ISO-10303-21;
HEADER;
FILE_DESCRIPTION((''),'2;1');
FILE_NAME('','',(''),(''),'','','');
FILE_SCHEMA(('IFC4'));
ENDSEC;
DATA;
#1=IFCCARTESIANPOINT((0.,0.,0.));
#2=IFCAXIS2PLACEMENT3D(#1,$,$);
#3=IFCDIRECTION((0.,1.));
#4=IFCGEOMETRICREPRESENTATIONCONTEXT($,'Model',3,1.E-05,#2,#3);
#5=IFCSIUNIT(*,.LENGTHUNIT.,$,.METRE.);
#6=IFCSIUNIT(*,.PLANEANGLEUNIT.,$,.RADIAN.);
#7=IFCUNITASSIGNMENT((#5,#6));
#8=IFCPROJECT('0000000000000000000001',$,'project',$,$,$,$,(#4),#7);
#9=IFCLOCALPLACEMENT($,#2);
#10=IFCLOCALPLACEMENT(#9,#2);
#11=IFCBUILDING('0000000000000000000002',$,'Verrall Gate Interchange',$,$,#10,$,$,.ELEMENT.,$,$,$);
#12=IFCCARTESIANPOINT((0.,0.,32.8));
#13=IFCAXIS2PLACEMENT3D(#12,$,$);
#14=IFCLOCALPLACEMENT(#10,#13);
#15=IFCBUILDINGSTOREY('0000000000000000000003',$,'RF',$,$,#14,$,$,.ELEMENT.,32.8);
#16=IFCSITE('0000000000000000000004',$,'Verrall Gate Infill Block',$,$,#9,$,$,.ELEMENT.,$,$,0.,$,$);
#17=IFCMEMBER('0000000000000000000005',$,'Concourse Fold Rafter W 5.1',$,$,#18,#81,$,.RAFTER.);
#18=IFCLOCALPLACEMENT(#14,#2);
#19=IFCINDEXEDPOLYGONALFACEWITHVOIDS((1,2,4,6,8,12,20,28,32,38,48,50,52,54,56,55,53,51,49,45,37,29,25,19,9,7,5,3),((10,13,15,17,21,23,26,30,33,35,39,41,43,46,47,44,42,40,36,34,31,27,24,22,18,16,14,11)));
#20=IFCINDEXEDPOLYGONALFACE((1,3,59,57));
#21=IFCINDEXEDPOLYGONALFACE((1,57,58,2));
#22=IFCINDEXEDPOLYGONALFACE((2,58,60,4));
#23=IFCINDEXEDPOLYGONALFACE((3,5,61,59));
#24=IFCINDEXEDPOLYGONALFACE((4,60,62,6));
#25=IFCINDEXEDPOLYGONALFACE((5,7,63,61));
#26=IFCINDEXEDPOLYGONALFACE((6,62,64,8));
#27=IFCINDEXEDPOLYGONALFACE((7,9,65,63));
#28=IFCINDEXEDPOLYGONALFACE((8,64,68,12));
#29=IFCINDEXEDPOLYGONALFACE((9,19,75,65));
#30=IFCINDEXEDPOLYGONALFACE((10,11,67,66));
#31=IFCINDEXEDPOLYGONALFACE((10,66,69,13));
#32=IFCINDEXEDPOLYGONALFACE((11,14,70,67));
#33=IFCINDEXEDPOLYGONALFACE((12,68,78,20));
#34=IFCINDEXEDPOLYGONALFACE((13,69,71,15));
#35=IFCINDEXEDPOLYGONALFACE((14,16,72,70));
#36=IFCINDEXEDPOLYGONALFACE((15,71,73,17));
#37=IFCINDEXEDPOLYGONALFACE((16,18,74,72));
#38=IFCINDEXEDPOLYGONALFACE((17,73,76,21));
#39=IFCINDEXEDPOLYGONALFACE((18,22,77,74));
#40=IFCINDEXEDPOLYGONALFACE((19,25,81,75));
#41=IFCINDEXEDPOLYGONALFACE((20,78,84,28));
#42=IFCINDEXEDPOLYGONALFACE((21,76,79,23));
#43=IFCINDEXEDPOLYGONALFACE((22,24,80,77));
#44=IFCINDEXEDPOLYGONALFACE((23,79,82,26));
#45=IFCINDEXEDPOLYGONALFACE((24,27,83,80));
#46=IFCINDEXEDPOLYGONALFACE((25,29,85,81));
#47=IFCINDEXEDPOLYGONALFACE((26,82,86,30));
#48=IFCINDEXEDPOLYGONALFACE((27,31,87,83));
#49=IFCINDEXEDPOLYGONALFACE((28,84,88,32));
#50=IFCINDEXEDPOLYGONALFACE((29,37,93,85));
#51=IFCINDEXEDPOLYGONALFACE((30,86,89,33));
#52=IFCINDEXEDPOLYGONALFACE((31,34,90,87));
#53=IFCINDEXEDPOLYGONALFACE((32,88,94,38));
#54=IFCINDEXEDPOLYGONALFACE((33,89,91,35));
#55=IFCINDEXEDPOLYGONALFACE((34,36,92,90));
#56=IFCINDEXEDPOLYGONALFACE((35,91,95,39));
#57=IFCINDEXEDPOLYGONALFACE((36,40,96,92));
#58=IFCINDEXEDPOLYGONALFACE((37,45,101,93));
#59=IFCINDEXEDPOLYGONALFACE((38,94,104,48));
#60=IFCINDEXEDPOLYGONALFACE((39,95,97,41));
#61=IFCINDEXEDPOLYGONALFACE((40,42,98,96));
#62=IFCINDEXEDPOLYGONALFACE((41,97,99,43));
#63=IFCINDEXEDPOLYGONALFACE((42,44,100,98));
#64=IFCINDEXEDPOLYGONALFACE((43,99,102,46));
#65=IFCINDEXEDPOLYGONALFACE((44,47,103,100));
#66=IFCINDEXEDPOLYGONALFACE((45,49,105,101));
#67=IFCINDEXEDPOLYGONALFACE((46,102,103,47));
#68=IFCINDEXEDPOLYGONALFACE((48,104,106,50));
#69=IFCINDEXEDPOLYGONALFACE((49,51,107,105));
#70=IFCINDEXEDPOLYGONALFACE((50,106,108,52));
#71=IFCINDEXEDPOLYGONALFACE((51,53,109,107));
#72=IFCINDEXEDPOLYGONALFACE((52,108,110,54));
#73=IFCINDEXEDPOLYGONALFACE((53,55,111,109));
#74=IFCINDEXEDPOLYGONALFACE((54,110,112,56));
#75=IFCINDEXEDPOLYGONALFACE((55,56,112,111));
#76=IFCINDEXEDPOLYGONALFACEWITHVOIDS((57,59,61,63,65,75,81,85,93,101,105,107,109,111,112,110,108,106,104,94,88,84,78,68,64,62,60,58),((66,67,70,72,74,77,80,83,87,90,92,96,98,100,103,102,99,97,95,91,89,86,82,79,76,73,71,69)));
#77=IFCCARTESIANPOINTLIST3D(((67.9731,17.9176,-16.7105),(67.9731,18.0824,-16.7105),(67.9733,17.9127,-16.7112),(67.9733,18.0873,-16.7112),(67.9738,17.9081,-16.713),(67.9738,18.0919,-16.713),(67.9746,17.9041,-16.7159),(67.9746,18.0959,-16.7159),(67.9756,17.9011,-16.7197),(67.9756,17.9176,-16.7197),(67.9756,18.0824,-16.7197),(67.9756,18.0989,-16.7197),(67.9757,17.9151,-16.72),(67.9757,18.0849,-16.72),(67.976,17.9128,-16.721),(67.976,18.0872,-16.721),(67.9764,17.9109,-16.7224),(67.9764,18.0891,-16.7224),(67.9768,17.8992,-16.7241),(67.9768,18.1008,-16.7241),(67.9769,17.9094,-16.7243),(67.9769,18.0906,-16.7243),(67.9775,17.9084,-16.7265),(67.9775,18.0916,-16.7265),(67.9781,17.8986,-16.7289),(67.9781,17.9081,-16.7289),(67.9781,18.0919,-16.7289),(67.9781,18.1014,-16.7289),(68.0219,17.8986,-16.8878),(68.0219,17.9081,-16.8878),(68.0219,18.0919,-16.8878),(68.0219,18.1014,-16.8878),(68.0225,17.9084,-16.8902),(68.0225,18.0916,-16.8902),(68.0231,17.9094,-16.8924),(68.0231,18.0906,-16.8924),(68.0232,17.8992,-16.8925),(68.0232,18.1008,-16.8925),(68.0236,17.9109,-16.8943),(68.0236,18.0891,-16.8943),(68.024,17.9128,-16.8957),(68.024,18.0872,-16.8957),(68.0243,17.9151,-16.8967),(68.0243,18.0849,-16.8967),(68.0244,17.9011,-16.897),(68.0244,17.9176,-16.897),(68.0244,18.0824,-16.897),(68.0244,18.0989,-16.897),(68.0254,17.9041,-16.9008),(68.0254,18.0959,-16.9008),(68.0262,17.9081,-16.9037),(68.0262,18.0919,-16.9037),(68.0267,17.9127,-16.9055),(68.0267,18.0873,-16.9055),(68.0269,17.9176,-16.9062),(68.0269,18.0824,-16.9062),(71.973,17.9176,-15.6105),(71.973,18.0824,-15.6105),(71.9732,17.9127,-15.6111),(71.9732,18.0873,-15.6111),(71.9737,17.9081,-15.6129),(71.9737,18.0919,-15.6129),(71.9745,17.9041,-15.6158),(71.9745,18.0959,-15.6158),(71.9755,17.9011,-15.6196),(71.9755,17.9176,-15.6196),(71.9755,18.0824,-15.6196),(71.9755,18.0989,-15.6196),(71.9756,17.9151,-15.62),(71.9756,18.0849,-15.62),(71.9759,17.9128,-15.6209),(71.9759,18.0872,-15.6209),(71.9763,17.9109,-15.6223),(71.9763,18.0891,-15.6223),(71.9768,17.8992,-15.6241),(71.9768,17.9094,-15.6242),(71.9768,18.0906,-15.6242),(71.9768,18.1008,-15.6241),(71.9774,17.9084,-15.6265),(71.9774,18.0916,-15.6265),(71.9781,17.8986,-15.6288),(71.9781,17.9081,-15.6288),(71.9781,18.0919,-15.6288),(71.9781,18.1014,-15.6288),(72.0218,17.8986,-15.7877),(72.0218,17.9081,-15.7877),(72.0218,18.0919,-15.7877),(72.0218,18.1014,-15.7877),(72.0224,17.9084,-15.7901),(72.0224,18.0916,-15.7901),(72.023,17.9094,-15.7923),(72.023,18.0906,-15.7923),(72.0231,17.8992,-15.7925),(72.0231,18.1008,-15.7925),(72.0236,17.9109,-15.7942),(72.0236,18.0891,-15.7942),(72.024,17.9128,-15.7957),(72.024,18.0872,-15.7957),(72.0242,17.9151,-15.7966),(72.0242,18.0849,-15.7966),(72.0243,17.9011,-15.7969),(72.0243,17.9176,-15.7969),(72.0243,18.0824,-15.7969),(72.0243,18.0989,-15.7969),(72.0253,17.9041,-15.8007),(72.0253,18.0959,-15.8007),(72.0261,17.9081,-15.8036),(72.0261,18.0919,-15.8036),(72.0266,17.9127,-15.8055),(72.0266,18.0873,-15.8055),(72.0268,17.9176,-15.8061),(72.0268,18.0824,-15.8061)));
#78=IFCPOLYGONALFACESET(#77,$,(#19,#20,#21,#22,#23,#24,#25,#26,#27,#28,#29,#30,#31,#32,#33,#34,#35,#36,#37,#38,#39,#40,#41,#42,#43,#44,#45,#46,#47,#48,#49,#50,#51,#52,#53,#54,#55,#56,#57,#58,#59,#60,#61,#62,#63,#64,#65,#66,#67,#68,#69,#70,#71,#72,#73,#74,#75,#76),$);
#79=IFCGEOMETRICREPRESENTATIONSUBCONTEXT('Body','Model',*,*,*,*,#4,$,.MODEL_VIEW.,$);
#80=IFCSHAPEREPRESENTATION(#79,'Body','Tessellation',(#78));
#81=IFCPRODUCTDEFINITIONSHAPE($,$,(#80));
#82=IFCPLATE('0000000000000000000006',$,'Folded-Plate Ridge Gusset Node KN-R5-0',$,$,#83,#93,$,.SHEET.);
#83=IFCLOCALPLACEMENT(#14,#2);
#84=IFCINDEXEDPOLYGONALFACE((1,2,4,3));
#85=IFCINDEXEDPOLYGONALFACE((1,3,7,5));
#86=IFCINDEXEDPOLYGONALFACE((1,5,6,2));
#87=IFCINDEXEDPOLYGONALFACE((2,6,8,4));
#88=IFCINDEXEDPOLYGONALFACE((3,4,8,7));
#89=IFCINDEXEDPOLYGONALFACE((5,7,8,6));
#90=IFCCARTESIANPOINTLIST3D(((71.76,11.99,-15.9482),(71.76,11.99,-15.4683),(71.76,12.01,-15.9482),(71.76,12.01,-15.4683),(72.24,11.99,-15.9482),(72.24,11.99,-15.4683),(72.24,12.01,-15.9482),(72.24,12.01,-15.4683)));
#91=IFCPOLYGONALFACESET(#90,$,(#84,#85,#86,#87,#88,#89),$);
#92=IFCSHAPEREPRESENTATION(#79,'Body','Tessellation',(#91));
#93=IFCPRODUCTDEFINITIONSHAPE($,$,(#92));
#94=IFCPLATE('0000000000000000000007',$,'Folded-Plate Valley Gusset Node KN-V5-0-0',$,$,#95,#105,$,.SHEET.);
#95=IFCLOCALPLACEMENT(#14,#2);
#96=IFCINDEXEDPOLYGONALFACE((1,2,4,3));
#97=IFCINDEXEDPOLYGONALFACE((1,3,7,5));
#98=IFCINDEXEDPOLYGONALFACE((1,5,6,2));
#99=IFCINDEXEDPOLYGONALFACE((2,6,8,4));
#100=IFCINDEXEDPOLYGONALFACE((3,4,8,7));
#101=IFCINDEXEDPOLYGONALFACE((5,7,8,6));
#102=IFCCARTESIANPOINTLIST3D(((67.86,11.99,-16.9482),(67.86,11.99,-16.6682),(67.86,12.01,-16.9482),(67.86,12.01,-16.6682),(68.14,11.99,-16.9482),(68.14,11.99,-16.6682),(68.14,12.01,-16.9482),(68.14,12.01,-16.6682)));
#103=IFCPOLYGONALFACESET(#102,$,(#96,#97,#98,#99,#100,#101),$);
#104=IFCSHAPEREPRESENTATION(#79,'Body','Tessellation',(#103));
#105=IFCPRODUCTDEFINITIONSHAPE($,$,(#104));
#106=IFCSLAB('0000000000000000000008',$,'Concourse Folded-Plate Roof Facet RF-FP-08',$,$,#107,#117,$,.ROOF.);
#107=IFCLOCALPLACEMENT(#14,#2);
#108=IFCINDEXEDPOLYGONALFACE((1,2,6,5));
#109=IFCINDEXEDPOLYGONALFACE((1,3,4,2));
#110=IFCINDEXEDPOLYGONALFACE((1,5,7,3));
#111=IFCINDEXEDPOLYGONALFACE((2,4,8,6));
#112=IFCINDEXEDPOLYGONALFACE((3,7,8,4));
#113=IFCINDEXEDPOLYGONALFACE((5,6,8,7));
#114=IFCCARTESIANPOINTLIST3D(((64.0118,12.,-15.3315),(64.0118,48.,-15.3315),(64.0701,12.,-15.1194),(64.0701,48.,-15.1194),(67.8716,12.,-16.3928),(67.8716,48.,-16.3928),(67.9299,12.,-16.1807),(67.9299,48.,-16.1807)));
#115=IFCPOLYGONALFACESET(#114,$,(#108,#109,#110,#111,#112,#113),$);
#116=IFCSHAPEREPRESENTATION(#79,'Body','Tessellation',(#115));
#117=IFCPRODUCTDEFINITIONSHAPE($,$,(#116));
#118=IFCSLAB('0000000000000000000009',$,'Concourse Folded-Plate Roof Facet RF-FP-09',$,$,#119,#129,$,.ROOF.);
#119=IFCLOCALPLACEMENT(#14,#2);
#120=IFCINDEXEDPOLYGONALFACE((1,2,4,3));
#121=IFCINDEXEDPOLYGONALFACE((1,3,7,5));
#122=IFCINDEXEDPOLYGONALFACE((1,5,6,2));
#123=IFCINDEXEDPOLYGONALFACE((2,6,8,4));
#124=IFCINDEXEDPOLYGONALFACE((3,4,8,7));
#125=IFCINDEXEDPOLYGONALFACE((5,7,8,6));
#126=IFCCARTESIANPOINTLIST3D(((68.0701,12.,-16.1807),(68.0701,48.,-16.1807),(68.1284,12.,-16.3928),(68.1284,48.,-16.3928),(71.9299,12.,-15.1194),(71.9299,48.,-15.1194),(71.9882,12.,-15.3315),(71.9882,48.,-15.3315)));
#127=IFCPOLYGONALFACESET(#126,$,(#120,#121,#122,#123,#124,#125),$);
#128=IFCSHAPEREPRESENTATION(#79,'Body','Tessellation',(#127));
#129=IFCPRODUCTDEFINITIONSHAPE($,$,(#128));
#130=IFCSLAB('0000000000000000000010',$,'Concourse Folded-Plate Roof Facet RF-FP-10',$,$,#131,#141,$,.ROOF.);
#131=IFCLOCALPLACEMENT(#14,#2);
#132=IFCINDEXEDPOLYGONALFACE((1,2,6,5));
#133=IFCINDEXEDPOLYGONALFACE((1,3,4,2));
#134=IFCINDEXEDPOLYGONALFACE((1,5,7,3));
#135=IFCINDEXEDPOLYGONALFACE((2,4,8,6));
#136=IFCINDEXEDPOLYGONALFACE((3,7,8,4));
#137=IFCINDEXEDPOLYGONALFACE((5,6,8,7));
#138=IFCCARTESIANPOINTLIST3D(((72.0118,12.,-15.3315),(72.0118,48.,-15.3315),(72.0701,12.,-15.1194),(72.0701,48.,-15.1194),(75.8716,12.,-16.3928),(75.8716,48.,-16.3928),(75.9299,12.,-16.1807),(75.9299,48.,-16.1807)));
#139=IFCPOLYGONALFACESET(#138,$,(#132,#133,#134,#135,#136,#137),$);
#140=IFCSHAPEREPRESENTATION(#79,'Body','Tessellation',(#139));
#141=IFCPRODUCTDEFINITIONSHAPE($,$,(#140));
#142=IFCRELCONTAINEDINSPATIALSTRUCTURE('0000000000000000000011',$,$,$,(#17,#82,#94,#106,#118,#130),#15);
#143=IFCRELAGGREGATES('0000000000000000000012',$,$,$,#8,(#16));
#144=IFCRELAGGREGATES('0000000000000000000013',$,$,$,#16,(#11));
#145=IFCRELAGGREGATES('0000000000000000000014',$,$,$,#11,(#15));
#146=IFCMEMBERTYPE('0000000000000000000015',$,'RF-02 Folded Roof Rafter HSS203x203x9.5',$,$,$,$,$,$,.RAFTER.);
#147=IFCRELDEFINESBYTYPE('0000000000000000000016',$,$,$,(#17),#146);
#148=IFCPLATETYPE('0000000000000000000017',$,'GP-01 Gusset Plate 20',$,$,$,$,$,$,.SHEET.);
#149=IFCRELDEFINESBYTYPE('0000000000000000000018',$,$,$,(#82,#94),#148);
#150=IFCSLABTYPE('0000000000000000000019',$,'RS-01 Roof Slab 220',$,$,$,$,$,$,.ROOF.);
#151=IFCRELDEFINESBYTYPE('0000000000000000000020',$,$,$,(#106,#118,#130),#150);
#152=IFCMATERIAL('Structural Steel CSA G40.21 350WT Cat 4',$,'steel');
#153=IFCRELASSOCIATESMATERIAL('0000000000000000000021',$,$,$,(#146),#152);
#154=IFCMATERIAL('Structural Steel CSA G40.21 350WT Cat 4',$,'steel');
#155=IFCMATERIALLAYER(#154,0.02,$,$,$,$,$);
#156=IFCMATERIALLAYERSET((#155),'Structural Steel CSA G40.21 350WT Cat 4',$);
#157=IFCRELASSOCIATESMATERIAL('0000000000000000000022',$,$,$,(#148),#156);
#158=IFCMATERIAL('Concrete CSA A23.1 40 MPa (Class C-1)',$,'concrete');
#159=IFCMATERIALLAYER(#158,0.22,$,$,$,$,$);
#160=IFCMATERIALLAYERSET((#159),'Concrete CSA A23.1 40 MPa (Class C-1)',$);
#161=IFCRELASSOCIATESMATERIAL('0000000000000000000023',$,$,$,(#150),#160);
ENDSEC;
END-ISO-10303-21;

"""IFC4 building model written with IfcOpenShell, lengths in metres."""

from ifc_helpers import new_model, si_unit, direction, frame, origin, origin_2d, place, context, subcontext, project, spatial, polyline, rectangle, hollow_rectangle, outline, extrude, material, layer, layer_set, material_profile, profile_set, type_object, element, save


model = new_model("IFC4")

# Units and contexts
model_context = context("Model", 3, precision=1e-05, world=origin(), true_north=direction((0.0, 1.0)))
body_context = subcontext(model_context, "Body", "Model", "MODEL_VIEW")
ifc_project = project(units=[si_unit("LENGTHUNIT", "METRE"), si_unit("PLANEANGLEUNIT", "RADIAN")], contexts=[model_context])

# Site, building, storey
site_placement = place(None, origin())
site = spatial("IfcSite", under=ifc_project, at=site_placement, Name="Verrall Gate Infill Block", CompositionType="ELEMENT", RefElevation=0.0)
building_placement = place(site_placement, origin())
building = spatial("IfcBuilding", under=site, at=building_placement, Name="Verrall Gate Interchange", CompositionType="ELEMENT")
storey_placement = place(building_placement, frame((0.0, 0.0, 32.8)))
storey = spatial("IfcBuildingStorey", under=building, at=storey_placement, Name="RF", CompositionType="ELEMENT", Elevation=32.8)

# Member
ifc_material_1 = material(Name="Structural Steel CSA G40.21 350WT Cat 4", Category="steel")
ifc_material_profile_1 = material_profile(ifc_material_1, hollow_rectangle(XDim=0.2029, YDim=0.2029, WallThickness=0.0095, InnerFilletRadius=0.0095, OuterFilletRadius=0.019, at=origin_2d()), Name="HSS203x203x9.5")
ifc_profile_set_1 = profile_set([ifc_material_profile_1], Name="Structural Steel CSA G40.21 350WT Cat 4")
member_type_1 = type_object("IfcMemberType", Name="RF-02 Folded Roof Rafter HSS203x203x9.5", PredefinedType="RAFTER", material=ifc_profile_set_1)
member_1_placement = place(storey_placement, frame((68.0, 18.0, -16.8083), z_axis=(0.964199, 0.0, 0.265178), x_axis=(0.0, 1.0, 0.0)))
element("IfcMember", 1, at=member_1_placement, inside=storey, type_object=member_type_1, Name="Concourse Fold Rafter W 5.1", PredefinedType="RAFTER", context=body_context, shape_type="SweptSolid", body=[
    extrude(hollow_rectangle(XDim=0.2029, YDim=0.2029, WallThickness=0.0095, InnerFilletRadius=0.0095, OuterFilletRadius=0.019, at=origin_2d()), origin(), (0.0, 0.0, 1.0), 4.1484),
])

# Plates
ifc_material_2 = material(Name="Structural Steel CSA G40.21 350WT Cat 4", Category="steel")
ifc_layer_1 = layer(ifc_material_2, 0.02)
ifc_layer_set_1 = layer_set([ifc_layer_1], Name="Structural Steel CSA G40.21 350WT Cat 4")
plate_type = type_object("IfcPlateType", Name="GP-01 Gusset Plate 20", PredefinedType="SHEET", material=ifc_layer_set_1)
plate_1_placement = place(storey_placement, frame((72.0, 12.0, -15.9482), z_axis=(0.0, 0.0, 1.0), x_axis=(1.0, 0.0, 0.0)))
element("IfcPlate", 2, at=plate_1_placement, inside=storey, type_object=plate_type, Name="Folded-Plate Ridge Gusset Node KN-R5-0", PredefinedType="SHEET", context=body_context, shape_type="SweptSolid", body=[
    extrude(rectangle(XDim=0.48, YDim=0.02, at=origin_2d()), origin(), (0.0, 0.0, 1.0), 0.48),
])
plate_2_placement = place(storey_placement, frame((68.0, 12.0, -16.9482), z_axis=(0.0, 0.0, 1.0), x_axis=(1.0, 0.0, 0.0)))
element("IfcPlate", 3, at=plate_2_placement, inside=storey, type_object=plate_type, Name="Folded-Plate Valley Gusset Node KN-V5-0-0", PredefinedType="SHEET", context=body_context, shape_type="SweptSolid", body=[
    extrude(rectangle(XDim=0.28, YDim=0.02, at=origin_2d()), origin(), (0.0, 0.0, 1.0), 0.28),
])

# Slabs
ifc_material_3 = material(Name="Concrete CSA A23.1 40 MPa (Class C-1)", Category="concrete")
ifc_layer_2 = layer(ifc_material_3, 0.22)
ifc_layer_set_2 = layer_set([ifc_layer_2], Name="Concrete CSA A23.1 40 MPa (Class C-1)")
slab_type = type_object("IfcSlabType", Name="RS-01 Roof Slab 220", PredefinedType="ROOF", material=ifc_layer_set_2)
for number, where, z_axis, x_axis, name in (
    (4, (64.0701, 12.0, -15.1194), (0.265114, 0.0, 0.964217), (0.964217, 0.0, -0.265114), "Concourse Folded-Plate Roof Facet RF-FP-08"),
    (5, (68.0701, 12.0, -16.1807), (-0.265114, 0.0, 0.964217), (0.964217, 0.0, 0.265114), "Concourse Folded-Plate Roof Facet RF-FP-09"),
    (6, (72.0701, 12.0, -15.1194), (0.265114, 0.0, 0.964217), (0.964217, 0.0, -0.265114), "Concourse Folded-Plate Roof Facet RF-FP-10"),
):
    element("IfcSlab", number, at=place(storey_placement, frame(where, z_axis=z_axis, x_axis=x_axis)), inside=storey, type_object=slab_type, Name=name, PredefinedType="ROOF", context=body_context, shape_type="SweptSolid", body=[
        extrude(outline(polyline([(0.0, 0.0), (4.0031, 0.0), (4.0031, 36.0), (0.0, 36.0), (0.0, 0.0)])), origin(), (0.0, 0.0, -1.0), 0.22),
    ])

save(model, "model.ifc")
